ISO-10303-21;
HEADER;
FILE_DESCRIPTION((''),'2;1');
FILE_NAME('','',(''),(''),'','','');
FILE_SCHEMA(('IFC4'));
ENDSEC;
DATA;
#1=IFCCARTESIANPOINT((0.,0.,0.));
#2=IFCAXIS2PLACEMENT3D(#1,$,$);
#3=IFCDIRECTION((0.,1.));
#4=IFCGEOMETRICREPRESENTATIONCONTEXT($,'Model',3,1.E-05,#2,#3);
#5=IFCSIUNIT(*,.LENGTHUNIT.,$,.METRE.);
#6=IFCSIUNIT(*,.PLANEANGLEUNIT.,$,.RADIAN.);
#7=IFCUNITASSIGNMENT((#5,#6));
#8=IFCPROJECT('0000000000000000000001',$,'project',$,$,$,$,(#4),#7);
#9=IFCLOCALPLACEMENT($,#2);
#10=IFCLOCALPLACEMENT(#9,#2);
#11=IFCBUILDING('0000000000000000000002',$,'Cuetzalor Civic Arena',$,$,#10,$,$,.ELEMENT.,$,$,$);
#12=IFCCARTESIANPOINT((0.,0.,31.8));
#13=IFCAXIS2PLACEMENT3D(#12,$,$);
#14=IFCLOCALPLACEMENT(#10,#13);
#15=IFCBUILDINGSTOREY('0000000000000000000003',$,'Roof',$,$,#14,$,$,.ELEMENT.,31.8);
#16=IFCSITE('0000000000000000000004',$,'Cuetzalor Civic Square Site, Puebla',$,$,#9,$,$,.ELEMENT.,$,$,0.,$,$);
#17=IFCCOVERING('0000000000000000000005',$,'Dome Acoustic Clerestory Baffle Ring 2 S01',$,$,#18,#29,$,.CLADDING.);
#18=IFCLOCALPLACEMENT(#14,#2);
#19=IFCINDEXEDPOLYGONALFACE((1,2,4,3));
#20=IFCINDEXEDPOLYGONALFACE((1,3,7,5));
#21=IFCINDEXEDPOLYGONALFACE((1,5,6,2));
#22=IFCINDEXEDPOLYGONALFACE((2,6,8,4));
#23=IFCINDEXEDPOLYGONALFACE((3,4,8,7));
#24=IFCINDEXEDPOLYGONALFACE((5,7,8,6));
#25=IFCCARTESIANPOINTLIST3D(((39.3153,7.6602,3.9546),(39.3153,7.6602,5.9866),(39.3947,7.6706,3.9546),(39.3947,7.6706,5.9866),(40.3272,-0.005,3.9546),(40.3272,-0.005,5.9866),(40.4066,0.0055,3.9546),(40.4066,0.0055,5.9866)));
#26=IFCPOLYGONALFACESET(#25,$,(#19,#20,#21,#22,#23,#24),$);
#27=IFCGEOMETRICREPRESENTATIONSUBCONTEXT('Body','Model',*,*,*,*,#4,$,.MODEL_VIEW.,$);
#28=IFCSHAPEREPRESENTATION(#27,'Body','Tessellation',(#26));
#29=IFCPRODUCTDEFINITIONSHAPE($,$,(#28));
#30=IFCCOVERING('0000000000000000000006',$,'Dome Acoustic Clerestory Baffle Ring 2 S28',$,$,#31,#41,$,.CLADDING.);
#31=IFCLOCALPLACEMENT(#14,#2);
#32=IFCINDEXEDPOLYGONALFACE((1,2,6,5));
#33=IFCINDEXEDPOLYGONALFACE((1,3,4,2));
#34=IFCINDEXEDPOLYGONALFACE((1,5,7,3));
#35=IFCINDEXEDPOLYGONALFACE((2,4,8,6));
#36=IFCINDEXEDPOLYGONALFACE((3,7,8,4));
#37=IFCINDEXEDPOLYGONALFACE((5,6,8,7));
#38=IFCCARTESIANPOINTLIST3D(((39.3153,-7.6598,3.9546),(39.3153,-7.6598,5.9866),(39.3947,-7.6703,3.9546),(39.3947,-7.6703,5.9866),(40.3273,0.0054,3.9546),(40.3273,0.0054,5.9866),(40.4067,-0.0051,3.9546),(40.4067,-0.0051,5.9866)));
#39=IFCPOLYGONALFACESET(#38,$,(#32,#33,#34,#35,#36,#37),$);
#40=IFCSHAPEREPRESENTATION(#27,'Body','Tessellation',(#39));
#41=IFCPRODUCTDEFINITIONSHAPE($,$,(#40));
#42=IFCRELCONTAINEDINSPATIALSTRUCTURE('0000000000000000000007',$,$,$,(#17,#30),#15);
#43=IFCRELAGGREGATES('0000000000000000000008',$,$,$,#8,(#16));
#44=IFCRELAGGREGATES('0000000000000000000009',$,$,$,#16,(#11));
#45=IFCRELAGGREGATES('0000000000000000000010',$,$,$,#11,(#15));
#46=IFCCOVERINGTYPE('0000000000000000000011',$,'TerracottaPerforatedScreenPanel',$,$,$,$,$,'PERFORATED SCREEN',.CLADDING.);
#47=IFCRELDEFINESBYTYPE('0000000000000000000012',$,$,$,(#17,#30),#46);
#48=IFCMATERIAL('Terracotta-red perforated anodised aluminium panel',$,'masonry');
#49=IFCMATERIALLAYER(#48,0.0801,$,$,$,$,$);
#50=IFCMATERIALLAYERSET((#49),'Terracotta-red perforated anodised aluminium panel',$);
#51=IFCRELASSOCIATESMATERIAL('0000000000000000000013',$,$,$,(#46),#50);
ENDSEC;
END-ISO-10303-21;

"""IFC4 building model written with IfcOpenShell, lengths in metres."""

from ifc_helpers import new_model, si_unit, direction, frame, frame_2d, origin, place, context, subcontext, project, spatial, rectangle, extrude, material, layer, layer_set, type_object, element, save


model = new_model("IFC4")

# Units and contexts
model_context = context("Model", 3, precision=1e-05, world=origin(), true_north=direction((0.0, 1.0)))
body_context = subcontext(model_context, "Body", "Model", "MODEL_VIEW")
ifc_project = project(units=[si_unit("LENGTHUNIT", "METRE"), si_unit("PLANEANGLEUNIT", "RADIAN")], contexts=[model_context])

# Site, building, storey
site_placement = place(None, origin())
site = spatial("IfcSite", under=ifc_project, at=site_placement, Name="Cuetzalor Civic Square Site, Puebla", CompositionType="ELEMENT", RefElevation=0.0)
building_placement = place(site_placement, origin())
building = spatial("IfcBuilding", under=site, at=building_placement, Name="Cuetzalor Civic Arena", CompositionType="ELEMENT")
storey_placement = place(building_placement, frame((0.0, 0.0, 31.8)))
storey = spatial("IfcBuildingStorey", under=building, at=storey_placement, Name="Roof", CompositionType="ELEMENT", Elevation=31.8)

# Coverings
ifc_material_1 = material(Name="Terracotta-red perforated anodised aluminium panel", Category="masonry")
ifc_layer_1 = layer(ifc_material_1, 0.0801)
ifc_layer_set_1 = layer_set([ifc_layer_1], Name="Terracotta-red perforated anodised aluminium panel")
covering_type = type_object("IfcCoveringType", Name="TerracottaPerforatedScreenPanel", ElementType="PERFORATED SCREEN", PredefinedType="CLADDING", material=ifc_layer_set_1)
for number, where, z_axis, x_axis, name in (
    (1, (39.355, 7.6653, 3.9546), (0.0, 0.0, 1.0), (0.130883, -0.991398, 0.0), "Dome Acoustic Clerestory Baffle Ring 2 S01"),
    (2, (40.3669, 0.0, 3.9546), (0.0, 0.0, 1.0), (-0.130883, -0.991398, 0.0), "Dome Acoustic Clerestory Baffle Ring 2 S28"),
):
    element("IfcCovering", number, at=place(storey_placement, frame(where, z_axis=z_axis, x_axis=x_axis)), inside=storey, type_object=covering_type, Name=name, PredefinedType="CLADDING", context=body_context, shape_type="SweptSolid", body=[
        extrude(rectangle(XDim=7.7317, YDim=0.0801, at=frame_2d((3.8657, 0.0))), origin(), (0.0, 0.0, 1.0), 2.032),
    ])

save(model, "model.ifc")
